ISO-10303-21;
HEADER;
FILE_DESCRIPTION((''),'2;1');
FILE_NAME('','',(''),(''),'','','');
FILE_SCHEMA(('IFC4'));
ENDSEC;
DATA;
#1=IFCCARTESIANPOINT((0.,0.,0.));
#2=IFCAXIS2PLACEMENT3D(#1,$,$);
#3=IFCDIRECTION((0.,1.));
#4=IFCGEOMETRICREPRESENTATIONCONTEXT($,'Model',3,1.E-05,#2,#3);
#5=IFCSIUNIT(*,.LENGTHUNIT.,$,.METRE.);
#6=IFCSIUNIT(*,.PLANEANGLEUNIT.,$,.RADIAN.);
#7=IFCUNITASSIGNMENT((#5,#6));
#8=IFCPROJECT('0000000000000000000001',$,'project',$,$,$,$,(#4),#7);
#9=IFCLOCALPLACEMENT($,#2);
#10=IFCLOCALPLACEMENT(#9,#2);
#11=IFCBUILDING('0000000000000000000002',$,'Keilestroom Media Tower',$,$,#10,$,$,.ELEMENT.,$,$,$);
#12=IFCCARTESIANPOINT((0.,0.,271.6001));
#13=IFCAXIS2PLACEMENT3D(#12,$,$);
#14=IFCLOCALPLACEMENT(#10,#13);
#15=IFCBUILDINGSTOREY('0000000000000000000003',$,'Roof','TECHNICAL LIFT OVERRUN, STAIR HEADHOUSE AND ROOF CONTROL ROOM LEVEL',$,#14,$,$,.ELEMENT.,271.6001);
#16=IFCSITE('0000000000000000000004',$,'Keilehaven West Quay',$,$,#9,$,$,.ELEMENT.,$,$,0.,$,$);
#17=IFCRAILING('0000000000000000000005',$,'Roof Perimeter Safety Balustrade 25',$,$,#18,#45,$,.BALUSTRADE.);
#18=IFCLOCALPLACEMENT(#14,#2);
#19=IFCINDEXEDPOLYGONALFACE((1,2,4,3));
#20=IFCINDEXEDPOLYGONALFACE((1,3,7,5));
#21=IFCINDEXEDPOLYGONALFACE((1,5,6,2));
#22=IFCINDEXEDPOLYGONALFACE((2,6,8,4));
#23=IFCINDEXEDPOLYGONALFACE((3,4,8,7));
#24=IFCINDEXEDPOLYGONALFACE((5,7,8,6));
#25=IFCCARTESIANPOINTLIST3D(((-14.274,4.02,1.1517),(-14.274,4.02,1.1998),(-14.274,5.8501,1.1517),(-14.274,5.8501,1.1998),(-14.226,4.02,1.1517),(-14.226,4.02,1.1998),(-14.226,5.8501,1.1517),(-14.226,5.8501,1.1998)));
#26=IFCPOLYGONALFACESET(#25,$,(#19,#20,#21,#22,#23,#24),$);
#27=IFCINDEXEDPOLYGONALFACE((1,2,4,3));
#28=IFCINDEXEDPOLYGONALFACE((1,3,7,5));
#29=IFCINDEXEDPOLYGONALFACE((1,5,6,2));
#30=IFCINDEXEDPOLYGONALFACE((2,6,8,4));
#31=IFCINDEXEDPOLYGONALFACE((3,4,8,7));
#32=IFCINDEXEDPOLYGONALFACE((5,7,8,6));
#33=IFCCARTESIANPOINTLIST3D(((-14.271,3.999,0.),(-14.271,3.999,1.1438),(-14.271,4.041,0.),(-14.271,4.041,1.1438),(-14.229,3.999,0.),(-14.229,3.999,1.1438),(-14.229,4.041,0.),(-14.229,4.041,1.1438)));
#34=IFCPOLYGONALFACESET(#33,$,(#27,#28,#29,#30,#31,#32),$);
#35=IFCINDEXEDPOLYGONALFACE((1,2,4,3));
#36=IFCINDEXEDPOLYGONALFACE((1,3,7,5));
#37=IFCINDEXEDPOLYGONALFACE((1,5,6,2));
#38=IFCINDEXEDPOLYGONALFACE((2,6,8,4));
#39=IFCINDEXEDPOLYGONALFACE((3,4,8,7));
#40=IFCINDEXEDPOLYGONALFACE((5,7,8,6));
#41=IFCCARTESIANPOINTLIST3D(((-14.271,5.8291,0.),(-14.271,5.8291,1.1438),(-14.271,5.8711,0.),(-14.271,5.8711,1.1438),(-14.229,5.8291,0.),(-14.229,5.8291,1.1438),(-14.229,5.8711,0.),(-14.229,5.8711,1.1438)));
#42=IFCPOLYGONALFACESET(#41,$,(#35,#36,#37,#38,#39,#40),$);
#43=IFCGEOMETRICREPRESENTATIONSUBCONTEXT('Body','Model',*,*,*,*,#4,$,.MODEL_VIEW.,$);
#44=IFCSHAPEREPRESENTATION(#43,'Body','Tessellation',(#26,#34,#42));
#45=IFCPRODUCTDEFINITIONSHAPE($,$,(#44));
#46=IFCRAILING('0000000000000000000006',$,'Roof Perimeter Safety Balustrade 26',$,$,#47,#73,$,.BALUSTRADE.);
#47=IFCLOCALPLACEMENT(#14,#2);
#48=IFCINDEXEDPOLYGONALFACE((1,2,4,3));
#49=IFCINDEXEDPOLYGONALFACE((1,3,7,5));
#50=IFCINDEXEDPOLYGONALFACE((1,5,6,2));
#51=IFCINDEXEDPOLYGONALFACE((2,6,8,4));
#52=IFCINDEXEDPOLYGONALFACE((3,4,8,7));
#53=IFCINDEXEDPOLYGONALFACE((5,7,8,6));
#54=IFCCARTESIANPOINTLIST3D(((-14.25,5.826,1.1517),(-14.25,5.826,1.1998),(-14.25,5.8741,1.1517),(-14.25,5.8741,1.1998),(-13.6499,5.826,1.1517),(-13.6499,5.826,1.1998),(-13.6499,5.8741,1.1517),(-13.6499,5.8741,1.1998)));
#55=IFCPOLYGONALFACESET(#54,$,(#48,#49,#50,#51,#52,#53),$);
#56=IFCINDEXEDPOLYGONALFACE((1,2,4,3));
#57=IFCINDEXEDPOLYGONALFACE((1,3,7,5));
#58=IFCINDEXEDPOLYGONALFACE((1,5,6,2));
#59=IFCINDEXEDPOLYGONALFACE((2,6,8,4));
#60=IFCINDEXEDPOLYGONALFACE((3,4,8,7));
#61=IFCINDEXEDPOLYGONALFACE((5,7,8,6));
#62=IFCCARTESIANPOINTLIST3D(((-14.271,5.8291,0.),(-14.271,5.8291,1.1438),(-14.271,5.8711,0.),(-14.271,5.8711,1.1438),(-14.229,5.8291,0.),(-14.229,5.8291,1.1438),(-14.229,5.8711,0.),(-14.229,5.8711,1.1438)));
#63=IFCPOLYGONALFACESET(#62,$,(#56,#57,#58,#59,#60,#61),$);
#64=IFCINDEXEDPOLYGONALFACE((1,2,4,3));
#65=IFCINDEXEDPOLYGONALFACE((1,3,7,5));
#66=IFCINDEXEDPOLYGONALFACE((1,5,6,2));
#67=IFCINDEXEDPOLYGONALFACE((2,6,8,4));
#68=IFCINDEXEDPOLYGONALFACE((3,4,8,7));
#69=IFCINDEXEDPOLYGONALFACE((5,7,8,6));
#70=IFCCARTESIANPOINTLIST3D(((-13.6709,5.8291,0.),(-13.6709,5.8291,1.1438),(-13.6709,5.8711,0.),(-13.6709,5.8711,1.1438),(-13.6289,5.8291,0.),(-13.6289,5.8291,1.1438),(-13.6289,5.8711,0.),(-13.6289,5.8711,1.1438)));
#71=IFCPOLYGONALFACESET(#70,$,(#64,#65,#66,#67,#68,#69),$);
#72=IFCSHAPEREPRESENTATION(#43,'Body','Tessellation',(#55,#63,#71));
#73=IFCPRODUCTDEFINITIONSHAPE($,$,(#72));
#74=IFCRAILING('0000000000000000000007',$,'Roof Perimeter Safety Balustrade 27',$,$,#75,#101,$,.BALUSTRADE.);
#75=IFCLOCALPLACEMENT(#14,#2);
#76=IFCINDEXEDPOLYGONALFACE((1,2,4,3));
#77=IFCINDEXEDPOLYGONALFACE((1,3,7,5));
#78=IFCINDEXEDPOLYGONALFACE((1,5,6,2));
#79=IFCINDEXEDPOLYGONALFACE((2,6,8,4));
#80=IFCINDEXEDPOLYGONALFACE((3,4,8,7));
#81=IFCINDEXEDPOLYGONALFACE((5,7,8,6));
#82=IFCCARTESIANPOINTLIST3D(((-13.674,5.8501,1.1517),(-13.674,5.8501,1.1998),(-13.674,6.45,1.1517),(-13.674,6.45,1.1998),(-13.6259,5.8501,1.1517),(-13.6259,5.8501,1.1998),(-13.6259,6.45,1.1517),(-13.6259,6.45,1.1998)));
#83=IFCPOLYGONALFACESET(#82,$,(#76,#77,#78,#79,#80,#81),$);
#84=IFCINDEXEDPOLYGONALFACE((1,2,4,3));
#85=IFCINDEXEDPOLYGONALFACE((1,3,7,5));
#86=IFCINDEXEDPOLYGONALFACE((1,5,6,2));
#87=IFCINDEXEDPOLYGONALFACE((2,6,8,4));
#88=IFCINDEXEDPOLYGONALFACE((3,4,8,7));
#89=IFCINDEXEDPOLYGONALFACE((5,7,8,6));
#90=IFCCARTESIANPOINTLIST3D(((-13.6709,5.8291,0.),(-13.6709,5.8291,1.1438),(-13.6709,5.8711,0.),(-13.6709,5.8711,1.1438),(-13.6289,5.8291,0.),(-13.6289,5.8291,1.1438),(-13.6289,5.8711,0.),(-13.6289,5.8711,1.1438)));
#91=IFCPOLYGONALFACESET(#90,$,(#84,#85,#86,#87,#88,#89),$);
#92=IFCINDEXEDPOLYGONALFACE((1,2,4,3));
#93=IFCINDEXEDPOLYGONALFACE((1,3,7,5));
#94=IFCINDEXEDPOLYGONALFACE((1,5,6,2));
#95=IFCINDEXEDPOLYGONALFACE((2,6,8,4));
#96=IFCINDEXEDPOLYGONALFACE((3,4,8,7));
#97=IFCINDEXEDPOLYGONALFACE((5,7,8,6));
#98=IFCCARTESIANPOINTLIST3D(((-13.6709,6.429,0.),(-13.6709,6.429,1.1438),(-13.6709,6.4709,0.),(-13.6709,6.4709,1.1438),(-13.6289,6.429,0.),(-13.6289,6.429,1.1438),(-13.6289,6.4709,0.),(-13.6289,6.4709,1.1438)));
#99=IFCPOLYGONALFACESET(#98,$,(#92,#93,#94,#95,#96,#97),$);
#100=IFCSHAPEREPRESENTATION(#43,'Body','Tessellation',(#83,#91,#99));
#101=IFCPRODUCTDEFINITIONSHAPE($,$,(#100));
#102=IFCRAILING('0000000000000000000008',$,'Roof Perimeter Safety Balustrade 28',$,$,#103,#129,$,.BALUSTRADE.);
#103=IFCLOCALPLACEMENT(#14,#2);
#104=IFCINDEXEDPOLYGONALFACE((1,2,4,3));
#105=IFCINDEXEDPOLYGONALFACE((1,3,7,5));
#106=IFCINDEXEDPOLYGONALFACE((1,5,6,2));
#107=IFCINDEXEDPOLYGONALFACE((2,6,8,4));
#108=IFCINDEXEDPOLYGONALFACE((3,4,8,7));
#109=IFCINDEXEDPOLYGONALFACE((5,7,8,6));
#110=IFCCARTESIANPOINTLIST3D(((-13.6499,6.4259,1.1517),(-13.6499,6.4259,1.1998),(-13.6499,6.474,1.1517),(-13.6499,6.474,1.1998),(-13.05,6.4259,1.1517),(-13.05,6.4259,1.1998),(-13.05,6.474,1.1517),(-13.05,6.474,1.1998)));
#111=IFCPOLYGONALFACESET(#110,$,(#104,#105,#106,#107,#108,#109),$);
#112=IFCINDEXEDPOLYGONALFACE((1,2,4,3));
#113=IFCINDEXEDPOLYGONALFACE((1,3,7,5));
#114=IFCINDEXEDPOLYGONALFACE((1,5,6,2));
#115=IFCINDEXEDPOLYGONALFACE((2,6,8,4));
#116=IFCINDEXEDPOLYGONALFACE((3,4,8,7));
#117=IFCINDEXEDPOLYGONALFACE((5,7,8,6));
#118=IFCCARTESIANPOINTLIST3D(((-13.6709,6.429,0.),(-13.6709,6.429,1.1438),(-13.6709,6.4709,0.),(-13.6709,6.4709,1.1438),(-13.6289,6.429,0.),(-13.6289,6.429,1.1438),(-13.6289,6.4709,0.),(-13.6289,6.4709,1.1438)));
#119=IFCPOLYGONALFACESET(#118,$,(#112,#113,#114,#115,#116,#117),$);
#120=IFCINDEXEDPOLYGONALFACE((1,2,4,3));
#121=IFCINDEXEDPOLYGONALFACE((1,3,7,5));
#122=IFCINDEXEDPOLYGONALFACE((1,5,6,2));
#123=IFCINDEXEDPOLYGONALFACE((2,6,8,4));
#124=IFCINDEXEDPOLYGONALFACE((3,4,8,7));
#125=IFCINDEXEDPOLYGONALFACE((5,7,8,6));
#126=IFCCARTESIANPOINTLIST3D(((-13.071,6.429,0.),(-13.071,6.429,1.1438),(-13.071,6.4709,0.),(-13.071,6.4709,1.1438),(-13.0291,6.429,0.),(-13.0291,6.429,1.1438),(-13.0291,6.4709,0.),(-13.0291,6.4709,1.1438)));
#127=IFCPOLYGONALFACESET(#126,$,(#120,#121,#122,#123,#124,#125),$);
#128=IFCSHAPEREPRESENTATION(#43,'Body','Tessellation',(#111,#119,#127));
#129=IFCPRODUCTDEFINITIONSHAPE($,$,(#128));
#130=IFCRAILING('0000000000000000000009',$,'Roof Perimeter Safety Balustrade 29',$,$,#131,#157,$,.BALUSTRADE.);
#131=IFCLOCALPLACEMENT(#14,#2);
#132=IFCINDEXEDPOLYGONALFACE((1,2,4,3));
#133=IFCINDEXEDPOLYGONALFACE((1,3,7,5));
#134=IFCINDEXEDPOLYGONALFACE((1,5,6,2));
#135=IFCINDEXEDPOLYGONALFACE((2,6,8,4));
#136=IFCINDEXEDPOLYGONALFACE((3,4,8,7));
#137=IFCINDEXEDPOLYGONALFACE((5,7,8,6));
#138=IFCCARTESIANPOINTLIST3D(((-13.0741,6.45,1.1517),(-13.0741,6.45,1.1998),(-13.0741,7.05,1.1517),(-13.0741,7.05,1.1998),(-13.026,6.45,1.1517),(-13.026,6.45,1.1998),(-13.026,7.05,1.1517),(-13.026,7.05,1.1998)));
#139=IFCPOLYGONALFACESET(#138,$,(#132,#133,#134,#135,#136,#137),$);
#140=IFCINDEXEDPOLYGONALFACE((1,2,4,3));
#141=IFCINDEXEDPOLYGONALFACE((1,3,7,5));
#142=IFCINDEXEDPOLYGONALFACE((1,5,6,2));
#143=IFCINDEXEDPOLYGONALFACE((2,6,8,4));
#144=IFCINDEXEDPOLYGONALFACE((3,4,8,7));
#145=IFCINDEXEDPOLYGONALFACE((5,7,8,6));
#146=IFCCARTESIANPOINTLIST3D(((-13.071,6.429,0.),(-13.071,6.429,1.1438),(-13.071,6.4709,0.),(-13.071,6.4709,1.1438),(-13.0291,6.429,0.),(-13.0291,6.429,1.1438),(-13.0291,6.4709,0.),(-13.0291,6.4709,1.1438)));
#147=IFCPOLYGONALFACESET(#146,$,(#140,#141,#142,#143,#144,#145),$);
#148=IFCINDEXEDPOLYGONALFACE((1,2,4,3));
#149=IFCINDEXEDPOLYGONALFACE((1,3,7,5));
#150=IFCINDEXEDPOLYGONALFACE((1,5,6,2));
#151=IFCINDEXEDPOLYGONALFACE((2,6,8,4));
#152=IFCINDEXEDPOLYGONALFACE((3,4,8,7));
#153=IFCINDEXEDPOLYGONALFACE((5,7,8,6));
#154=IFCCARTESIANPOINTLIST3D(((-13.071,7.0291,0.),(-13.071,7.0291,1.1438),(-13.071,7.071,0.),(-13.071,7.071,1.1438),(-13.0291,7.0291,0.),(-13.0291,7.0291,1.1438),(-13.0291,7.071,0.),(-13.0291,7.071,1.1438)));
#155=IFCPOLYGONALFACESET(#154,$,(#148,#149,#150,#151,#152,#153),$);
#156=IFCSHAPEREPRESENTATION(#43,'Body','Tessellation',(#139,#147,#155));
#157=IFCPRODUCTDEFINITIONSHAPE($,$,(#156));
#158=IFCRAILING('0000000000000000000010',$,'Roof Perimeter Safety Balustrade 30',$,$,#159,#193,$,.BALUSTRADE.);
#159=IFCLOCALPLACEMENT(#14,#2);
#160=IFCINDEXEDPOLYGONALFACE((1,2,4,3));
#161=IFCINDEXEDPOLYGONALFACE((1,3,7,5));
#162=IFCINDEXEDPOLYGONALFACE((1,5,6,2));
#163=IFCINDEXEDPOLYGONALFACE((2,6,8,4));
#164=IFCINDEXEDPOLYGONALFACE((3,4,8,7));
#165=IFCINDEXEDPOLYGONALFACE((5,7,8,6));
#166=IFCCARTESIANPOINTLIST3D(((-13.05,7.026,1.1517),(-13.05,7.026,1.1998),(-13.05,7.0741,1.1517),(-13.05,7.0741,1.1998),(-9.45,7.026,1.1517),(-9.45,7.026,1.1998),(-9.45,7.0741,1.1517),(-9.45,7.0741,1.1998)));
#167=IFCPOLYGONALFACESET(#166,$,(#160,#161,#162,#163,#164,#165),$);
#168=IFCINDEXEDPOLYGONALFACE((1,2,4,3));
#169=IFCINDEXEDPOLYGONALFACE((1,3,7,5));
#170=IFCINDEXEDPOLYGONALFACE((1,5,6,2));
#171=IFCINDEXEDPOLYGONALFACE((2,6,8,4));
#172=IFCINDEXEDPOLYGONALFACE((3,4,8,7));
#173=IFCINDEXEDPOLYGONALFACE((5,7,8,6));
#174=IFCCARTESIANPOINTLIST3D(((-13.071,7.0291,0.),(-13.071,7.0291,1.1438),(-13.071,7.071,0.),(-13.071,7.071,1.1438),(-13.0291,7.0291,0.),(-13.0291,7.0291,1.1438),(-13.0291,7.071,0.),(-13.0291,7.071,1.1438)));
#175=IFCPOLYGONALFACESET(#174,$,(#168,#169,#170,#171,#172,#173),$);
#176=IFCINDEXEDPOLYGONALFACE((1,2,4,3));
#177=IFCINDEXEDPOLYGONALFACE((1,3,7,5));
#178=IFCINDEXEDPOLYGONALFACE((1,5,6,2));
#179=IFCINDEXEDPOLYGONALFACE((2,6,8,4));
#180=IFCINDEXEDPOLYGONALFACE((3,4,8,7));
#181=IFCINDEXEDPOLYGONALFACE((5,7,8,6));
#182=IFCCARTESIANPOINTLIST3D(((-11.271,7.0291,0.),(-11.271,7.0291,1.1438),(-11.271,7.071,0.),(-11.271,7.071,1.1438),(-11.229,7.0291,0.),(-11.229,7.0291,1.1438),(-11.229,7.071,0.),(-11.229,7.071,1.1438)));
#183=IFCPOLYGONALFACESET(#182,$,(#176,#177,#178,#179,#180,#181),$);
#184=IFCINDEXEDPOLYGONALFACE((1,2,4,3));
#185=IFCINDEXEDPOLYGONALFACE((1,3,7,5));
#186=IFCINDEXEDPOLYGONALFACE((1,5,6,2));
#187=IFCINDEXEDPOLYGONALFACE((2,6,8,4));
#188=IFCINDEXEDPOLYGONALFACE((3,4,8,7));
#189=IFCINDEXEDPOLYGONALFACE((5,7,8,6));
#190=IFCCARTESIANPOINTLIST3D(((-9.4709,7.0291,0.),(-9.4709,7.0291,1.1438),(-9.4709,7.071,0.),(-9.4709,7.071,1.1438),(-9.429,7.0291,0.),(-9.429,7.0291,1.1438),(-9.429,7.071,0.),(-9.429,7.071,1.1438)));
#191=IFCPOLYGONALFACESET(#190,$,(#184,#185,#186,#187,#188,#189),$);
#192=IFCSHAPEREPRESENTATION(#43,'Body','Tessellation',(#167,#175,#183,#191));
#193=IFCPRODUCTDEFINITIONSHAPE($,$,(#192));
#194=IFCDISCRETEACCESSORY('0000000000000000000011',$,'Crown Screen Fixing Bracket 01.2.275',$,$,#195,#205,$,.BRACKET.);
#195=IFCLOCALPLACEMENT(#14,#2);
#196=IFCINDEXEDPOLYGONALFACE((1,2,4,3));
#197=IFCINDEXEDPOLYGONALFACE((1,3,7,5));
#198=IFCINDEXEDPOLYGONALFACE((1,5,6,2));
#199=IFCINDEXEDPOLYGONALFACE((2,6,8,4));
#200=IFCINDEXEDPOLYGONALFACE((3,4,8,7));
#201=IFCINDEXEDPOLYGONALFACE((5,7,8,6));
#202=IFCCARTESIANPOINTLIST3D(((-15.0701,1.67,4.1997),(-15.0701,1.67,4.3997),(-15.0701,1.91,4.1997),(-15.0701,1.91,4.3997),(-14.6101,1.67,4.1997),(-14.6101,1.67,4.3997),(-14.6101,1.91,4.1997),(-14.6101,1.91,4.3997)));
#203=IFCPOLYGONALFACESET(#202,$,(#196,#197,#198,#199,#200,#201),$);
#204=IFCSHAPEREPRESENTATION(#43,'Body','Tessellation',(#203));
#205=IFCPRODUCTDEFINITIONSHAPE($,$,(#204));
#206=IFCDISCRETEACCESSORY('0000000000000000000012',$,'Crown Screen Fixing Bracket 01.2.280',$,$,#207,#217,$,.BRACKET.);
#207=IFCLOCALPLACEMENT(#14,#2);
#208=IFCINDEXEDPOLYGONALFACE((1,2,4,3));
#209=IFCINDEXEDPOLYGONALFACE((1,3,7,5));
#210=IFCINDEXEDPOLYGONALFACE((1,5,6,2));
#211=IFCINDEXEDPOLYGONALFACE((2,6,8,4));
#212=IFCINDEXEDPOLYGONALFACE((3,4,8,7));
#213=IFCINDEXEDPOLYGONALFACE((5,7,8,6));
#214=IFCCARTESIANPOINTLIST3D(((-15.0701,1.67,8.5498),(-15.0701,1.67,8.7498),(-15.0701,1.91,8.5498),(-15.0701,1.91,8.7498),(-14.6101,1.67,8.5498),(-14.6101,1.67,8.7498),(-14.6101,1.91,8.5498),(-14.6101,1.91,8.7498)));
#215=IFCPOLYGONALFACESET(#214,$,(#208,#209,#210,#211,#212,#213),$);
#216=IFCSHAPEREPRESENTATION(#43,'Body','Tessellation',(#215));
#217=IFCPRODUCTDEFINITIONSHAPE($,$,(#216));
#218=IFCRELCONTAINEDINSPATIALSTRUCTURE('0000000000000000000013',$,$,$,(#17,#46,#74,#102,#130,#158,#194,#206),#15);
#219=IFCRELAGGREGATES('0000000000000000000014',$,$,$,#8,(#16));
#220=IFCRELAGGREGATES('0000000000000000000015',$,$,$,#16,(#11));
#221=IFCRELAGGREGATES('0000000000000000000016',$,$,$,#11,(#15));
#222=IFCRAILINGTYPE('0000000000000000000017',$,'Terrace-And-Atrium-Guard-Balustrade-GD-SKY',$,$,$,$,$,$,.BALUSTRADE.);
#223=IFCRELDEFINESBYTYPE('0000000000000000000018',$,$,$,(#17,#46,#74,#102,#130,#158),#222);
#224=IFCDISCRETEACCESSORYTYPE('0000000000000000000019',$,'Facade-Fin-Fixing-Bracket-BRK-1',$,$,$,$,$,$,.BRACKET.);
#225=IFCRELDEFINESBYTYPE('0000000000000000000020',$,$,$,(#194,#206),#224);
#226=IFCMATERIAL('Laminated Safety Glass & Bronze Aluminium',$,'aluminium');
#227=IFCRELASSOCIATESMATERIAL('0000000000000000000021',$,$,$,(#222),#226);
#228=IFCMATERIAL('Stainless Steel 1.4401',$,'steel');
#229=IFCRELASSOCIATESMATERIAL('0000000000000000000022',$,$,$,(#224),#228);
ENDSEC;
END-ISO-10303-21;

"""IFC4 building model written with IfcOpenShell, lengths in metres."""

from ifc_helpers import new_model, si_unit, direction, frame, origin, origin_2d, place, context, subcontext, project, spatial, rectangle, extrude, source, transform, mapped, material, type_object, element, save


model = new_model("IFC4")

# Units and contexts
model_context = context("Model", 3, precision=1e-05, world=origin(), true_north=direction((0.0, 1.0)))
body_context = subcontext(model_context, "Body", "Model", "MODEL_VIEW")
ifc_project = project(units=[si_unit("LENGTHUNIT", "METRE"), si_unit("PLANEANGLEUNIT", "RADIAN")], contexts=[model_context])

# Site, building, storey
site_placement = place(None, origin())
site = spatial("IfcSite", under=ifc_project, at=site_placement, Name="Keilehaven West Quay", CompositionType="ELEMENT", RefElevation=0.0)
building_placement = place(site_placement, origin())
building = spatial("IfcBuilding", under=site, at=building_placement, Name="Keilestroom Media Tower", CompositionType="ELEMENT")
storey_placement = place(building_placement, frame((0.0, 0.0, 271.6001)))
storey = spatial("IfcBuildingStorey", under=building, at=storey_placement, Name="Roof", Description="TECHNICAL LIFT OVERRUN, STAIR HEADHOUSE AND ROOF CONTROL ROOM LEVEL", CompositionType="ELEMENT", Elevation=271.6001)

# Railings
ifc_material_1 = material(Name="Laminated Safety Glass & Bronze Aluminium", Category="aluminium")
railing_type = type_object("IfcRailingType", Name="Terrace-And-Atrium-Guard-Balustrade-GD-SKY", PredefinedType="BALUSTRADE", material=ifc_material_1)
railing_1_placement = place(storey_placement, frame((-14.25, 4.02, 0.0)))
element("IfcRailing", 1, at=railing_1_placement, inside=storey, type_object=railing_type, Name="Roof Perimeter Safety Balustrade 25", PredefinedType="BALUSTRADE", context=body_context, shape_type="SweptSolid", body=[
    extrude(rectangle(XDim=0.0481, YDim=0.0481, at=origin_2d()), frame((0.0, 0.0, 1.1758), z_axis=(0.0, 1.0, 0.0), x_axis=(-1.0, 0.0, 0.0)), (0.0, 0.0, 1.0), 1.8301),
    extrude(rectangle(XDim=0.042, YDim=0.042, at=origin_2d()), origin(), (0.0, 0.0, 1.0), 1.1438),
    extrude(rectangle(XDim=0.042, YDim=0.042, at=origin_2d()), frame((0.0, 1.8301, 0.0)), (0.0, 0.0, 1.0), 1.1438),
])
railing_2_placement = place(storey_placement, frame((-14.25, 5.8501, 0.0)))
element("IfcRailing", 2, at=railing_2_placement, inside=storey, type_object=railing_type, Name="Roof Perimeter Safety Balustrade 26", PredefinedType="BALUSTRADE", context=body_context, shape_type="SweptSolid", body=[
    extrude(rectangle(XDim=0.0481, YDim=0.0481, at=origin_2d()), frame((0.0, 0.0, 1.1758), z_axis=(1.0, 0.0, 0.0), x_axis=(0.0, 1.0, 0.0)), (0.0, 0.0, 1.0), 0.6001),
    extrude(rectangle(XDim=0.042, YDim=0.042, at=origin_2d()), origin(), (0.0, 0.0, 1.0), 1.1438),
    extrude(rectangle(XDim=0.042, YDim=0.042, at=origin_2d()), frame((0.6001, 0.0, 0.0)), (0.0, 0.0, 1.0), 1.1438),
])
railing_3_placement = place(storey_placement, frame((-13.6499, 5.8501, 0.0)))
element("IfcRailing", 3, at=railing_3_placement, inside=storey, type_object=railing_type, Name="Roof Perimeter Safety Balustrade 27", PredefinedType="BALUSTRADE", context=body_context, shape_type="SweptSolid", body=[
    extrude(rectangle(XDim=0.0481, YDim=0.0481, at=origin_2d()), frame((0.0, 0.0, 1.1758), z_axis=(0.0, 1.0, 0.0), x_axis=(-1.0, 0.0, 0.0)), (0.0, 0.0, 1.0), 0.5999),
    extrude(rectangle(XDim=0.042, YDim=0.042, at=origin_2d()), origin(), (0.0, 0.0, 1.0), 1.1438),
    extrude(rectangle(XDim=0.042, YDim=0.042, at=origin_2d()), frame((0.0, 0.5999, 0.0)), (0.0, 0.0, 1.0), 1.1438),
])
railing_4_placement = place(storey_placement, frame((-13.6499, 6.45, 0.0)))
element("IfcRailing", 4, at=railing_4_placement, inside=storey, type_object=railing_type, Name="Roof Perimeter Safety Balustrade 28", PredefinedType="BALUSTRADE", context=body_context, shape_type="SweptSolid", body=[
    extrude(rectangle(XDim=0.0481, YDim=0.0481, at=origin_2d()), frame((0.0, 0.0, 1.1758), z_axis=(1.0, 0.0, 0.0), x_axis=(0.0, 1.0, 0.0)), (0.0, 0.0, 1.0), 0.5999),
    extrude(rectangle(XDim=0.042, YDim=0.042, at=origin_2d()), origin(), (0.0, 0.0, 1.0), 1.1438),
    extrude(rectangle(XDim=0.042, YDim=0.042, at=origin_2d()), frame((0.5999, 0.0, 0.0)), (0.0, 0.0, 1.0), 1.1438),
])
railing_5_placement = place(storey_placement, frame((-13.05, 6.45, 0.0)))
element("IfcRailing", 5, at=railing_5_placement, inside=storey, type_object=railing_type, Name="Roof Perimeter Safety Balustrade 29", PredefinedType="BALUSTRADE", context=body_context, shape_type="SweptSolid", body=[
    extrude(rectangle(XDim=0.0481, YDim=0.0481, at=origin_2d()), frame((0.0, 0.0, 1.1758), z_axis=(0.0, 1.0, 0.0), x_axis=(-1.0, 0.0, 0.0)), (0.0, 0.0, 1.0), 0.6001),
    extrude(rectangle(XDim=0.042, YDim=0.042, at=origin_2d()), origin(), (0.0, 0.0, 1.0), 1.1438),
    extrude(rectangle(XDim=0.042, YDim=0.042, at=origin_2d()), frame((0.0, 0.6001, 0.0)), (0.0, 0.0, 1.0), 1.1438),
])
railing_6_placement = place(storey_placement, frame((-13.05, 7.05, 0.0)))
element("IfcRailing", 6, at=railing_6_placement, inside=storey, type_object=railing_type, Name="Roof Perimeter Safety Balustrade 30", PredefinedType="BALUSTRADE", context=body_context, shape_type="SweptSolid", body=[
    extrude(rectangle(XDim=0.0481, YDim=0.0481, at=origin_2d()), frame((0.0, 0.0, 1.1758), z_axis=(1.0, 0.0, 0.0), x_axis=(0.0, 1.0, 0.0)), (0.0, 0.0, 1.0), 3.6001),
    extrude(rectangle(XDim=0.042, YDim=0.042, at=origin_2d()), origin(), (0.0, 0.0, 1.0), 1.1438),
    extrude(rectangle(XDim=0.042, YDim=0.042, at=origin_2d()), frame((1.8, 0.0, 0.0)), (0.0, 0.0, 1.0), 1.1438),
    extrude(rectangle(XDim=0.042, YDim=0.042, at=origin_2d()), frame((3.6001, 0.0, 0.0)), (0.0, 0.0, 1.0), 1.1438),
])

# Discrete accessories
ifc_material_2 = material(Name="Stainless Steel 1.4401", Category="steel")
discrete_accessory_type = type_object("IfcDiscreteAccessoryType", Name="Facade-Fin-Fixing-Bracket-BRK-1", PredefinedType="BRACKET", material=ifc_material_2)
shared_shape_1 = source(origin(), body_context, "Body", "SweptSolid", [
    extrude(rectangle(XDim=0.24, YDim=0.46, at=origin_2d()), origin(), (0.0, 0.0, 1.0), 0.2),
])
for number, where, z_axis, x_axis, name in (
    (7, (-14.8401, 1.79, 4.1997), (0.0, 0.0, 1.0), (0.0, 1.0, 0.0), "Crown Screen Fixing Bracket 01.2.275"),
    (8, (-14.8401, 1.79, 8.5498), (0.0, 0.0, 1.0), (0.0, 1.0, 0.0), "Crown Screen Fixing Bracket 01.2.280"),
):
    element("IfcDiscreteAccessory", number, at=place(storey_placement, frame(where, z_axis=z_axis, x_axis=x_axis)), inside=storey, type_object=discrete_accessory_type, Name=name, PredefinedType="BRACKET", context=body_context, shape_type="MappedRepresentation", body=[
        mapped(shared_shape_1, transform((0.0, 0.0, 0.0), x_axis=(1.0, 0.0, 0.0), y_axis=(0.0, 1.0, 0.0), z_axis=(0.0, 0.0, 1.0), scale=1.0)),
    ])

save(model, "model.ifc")
